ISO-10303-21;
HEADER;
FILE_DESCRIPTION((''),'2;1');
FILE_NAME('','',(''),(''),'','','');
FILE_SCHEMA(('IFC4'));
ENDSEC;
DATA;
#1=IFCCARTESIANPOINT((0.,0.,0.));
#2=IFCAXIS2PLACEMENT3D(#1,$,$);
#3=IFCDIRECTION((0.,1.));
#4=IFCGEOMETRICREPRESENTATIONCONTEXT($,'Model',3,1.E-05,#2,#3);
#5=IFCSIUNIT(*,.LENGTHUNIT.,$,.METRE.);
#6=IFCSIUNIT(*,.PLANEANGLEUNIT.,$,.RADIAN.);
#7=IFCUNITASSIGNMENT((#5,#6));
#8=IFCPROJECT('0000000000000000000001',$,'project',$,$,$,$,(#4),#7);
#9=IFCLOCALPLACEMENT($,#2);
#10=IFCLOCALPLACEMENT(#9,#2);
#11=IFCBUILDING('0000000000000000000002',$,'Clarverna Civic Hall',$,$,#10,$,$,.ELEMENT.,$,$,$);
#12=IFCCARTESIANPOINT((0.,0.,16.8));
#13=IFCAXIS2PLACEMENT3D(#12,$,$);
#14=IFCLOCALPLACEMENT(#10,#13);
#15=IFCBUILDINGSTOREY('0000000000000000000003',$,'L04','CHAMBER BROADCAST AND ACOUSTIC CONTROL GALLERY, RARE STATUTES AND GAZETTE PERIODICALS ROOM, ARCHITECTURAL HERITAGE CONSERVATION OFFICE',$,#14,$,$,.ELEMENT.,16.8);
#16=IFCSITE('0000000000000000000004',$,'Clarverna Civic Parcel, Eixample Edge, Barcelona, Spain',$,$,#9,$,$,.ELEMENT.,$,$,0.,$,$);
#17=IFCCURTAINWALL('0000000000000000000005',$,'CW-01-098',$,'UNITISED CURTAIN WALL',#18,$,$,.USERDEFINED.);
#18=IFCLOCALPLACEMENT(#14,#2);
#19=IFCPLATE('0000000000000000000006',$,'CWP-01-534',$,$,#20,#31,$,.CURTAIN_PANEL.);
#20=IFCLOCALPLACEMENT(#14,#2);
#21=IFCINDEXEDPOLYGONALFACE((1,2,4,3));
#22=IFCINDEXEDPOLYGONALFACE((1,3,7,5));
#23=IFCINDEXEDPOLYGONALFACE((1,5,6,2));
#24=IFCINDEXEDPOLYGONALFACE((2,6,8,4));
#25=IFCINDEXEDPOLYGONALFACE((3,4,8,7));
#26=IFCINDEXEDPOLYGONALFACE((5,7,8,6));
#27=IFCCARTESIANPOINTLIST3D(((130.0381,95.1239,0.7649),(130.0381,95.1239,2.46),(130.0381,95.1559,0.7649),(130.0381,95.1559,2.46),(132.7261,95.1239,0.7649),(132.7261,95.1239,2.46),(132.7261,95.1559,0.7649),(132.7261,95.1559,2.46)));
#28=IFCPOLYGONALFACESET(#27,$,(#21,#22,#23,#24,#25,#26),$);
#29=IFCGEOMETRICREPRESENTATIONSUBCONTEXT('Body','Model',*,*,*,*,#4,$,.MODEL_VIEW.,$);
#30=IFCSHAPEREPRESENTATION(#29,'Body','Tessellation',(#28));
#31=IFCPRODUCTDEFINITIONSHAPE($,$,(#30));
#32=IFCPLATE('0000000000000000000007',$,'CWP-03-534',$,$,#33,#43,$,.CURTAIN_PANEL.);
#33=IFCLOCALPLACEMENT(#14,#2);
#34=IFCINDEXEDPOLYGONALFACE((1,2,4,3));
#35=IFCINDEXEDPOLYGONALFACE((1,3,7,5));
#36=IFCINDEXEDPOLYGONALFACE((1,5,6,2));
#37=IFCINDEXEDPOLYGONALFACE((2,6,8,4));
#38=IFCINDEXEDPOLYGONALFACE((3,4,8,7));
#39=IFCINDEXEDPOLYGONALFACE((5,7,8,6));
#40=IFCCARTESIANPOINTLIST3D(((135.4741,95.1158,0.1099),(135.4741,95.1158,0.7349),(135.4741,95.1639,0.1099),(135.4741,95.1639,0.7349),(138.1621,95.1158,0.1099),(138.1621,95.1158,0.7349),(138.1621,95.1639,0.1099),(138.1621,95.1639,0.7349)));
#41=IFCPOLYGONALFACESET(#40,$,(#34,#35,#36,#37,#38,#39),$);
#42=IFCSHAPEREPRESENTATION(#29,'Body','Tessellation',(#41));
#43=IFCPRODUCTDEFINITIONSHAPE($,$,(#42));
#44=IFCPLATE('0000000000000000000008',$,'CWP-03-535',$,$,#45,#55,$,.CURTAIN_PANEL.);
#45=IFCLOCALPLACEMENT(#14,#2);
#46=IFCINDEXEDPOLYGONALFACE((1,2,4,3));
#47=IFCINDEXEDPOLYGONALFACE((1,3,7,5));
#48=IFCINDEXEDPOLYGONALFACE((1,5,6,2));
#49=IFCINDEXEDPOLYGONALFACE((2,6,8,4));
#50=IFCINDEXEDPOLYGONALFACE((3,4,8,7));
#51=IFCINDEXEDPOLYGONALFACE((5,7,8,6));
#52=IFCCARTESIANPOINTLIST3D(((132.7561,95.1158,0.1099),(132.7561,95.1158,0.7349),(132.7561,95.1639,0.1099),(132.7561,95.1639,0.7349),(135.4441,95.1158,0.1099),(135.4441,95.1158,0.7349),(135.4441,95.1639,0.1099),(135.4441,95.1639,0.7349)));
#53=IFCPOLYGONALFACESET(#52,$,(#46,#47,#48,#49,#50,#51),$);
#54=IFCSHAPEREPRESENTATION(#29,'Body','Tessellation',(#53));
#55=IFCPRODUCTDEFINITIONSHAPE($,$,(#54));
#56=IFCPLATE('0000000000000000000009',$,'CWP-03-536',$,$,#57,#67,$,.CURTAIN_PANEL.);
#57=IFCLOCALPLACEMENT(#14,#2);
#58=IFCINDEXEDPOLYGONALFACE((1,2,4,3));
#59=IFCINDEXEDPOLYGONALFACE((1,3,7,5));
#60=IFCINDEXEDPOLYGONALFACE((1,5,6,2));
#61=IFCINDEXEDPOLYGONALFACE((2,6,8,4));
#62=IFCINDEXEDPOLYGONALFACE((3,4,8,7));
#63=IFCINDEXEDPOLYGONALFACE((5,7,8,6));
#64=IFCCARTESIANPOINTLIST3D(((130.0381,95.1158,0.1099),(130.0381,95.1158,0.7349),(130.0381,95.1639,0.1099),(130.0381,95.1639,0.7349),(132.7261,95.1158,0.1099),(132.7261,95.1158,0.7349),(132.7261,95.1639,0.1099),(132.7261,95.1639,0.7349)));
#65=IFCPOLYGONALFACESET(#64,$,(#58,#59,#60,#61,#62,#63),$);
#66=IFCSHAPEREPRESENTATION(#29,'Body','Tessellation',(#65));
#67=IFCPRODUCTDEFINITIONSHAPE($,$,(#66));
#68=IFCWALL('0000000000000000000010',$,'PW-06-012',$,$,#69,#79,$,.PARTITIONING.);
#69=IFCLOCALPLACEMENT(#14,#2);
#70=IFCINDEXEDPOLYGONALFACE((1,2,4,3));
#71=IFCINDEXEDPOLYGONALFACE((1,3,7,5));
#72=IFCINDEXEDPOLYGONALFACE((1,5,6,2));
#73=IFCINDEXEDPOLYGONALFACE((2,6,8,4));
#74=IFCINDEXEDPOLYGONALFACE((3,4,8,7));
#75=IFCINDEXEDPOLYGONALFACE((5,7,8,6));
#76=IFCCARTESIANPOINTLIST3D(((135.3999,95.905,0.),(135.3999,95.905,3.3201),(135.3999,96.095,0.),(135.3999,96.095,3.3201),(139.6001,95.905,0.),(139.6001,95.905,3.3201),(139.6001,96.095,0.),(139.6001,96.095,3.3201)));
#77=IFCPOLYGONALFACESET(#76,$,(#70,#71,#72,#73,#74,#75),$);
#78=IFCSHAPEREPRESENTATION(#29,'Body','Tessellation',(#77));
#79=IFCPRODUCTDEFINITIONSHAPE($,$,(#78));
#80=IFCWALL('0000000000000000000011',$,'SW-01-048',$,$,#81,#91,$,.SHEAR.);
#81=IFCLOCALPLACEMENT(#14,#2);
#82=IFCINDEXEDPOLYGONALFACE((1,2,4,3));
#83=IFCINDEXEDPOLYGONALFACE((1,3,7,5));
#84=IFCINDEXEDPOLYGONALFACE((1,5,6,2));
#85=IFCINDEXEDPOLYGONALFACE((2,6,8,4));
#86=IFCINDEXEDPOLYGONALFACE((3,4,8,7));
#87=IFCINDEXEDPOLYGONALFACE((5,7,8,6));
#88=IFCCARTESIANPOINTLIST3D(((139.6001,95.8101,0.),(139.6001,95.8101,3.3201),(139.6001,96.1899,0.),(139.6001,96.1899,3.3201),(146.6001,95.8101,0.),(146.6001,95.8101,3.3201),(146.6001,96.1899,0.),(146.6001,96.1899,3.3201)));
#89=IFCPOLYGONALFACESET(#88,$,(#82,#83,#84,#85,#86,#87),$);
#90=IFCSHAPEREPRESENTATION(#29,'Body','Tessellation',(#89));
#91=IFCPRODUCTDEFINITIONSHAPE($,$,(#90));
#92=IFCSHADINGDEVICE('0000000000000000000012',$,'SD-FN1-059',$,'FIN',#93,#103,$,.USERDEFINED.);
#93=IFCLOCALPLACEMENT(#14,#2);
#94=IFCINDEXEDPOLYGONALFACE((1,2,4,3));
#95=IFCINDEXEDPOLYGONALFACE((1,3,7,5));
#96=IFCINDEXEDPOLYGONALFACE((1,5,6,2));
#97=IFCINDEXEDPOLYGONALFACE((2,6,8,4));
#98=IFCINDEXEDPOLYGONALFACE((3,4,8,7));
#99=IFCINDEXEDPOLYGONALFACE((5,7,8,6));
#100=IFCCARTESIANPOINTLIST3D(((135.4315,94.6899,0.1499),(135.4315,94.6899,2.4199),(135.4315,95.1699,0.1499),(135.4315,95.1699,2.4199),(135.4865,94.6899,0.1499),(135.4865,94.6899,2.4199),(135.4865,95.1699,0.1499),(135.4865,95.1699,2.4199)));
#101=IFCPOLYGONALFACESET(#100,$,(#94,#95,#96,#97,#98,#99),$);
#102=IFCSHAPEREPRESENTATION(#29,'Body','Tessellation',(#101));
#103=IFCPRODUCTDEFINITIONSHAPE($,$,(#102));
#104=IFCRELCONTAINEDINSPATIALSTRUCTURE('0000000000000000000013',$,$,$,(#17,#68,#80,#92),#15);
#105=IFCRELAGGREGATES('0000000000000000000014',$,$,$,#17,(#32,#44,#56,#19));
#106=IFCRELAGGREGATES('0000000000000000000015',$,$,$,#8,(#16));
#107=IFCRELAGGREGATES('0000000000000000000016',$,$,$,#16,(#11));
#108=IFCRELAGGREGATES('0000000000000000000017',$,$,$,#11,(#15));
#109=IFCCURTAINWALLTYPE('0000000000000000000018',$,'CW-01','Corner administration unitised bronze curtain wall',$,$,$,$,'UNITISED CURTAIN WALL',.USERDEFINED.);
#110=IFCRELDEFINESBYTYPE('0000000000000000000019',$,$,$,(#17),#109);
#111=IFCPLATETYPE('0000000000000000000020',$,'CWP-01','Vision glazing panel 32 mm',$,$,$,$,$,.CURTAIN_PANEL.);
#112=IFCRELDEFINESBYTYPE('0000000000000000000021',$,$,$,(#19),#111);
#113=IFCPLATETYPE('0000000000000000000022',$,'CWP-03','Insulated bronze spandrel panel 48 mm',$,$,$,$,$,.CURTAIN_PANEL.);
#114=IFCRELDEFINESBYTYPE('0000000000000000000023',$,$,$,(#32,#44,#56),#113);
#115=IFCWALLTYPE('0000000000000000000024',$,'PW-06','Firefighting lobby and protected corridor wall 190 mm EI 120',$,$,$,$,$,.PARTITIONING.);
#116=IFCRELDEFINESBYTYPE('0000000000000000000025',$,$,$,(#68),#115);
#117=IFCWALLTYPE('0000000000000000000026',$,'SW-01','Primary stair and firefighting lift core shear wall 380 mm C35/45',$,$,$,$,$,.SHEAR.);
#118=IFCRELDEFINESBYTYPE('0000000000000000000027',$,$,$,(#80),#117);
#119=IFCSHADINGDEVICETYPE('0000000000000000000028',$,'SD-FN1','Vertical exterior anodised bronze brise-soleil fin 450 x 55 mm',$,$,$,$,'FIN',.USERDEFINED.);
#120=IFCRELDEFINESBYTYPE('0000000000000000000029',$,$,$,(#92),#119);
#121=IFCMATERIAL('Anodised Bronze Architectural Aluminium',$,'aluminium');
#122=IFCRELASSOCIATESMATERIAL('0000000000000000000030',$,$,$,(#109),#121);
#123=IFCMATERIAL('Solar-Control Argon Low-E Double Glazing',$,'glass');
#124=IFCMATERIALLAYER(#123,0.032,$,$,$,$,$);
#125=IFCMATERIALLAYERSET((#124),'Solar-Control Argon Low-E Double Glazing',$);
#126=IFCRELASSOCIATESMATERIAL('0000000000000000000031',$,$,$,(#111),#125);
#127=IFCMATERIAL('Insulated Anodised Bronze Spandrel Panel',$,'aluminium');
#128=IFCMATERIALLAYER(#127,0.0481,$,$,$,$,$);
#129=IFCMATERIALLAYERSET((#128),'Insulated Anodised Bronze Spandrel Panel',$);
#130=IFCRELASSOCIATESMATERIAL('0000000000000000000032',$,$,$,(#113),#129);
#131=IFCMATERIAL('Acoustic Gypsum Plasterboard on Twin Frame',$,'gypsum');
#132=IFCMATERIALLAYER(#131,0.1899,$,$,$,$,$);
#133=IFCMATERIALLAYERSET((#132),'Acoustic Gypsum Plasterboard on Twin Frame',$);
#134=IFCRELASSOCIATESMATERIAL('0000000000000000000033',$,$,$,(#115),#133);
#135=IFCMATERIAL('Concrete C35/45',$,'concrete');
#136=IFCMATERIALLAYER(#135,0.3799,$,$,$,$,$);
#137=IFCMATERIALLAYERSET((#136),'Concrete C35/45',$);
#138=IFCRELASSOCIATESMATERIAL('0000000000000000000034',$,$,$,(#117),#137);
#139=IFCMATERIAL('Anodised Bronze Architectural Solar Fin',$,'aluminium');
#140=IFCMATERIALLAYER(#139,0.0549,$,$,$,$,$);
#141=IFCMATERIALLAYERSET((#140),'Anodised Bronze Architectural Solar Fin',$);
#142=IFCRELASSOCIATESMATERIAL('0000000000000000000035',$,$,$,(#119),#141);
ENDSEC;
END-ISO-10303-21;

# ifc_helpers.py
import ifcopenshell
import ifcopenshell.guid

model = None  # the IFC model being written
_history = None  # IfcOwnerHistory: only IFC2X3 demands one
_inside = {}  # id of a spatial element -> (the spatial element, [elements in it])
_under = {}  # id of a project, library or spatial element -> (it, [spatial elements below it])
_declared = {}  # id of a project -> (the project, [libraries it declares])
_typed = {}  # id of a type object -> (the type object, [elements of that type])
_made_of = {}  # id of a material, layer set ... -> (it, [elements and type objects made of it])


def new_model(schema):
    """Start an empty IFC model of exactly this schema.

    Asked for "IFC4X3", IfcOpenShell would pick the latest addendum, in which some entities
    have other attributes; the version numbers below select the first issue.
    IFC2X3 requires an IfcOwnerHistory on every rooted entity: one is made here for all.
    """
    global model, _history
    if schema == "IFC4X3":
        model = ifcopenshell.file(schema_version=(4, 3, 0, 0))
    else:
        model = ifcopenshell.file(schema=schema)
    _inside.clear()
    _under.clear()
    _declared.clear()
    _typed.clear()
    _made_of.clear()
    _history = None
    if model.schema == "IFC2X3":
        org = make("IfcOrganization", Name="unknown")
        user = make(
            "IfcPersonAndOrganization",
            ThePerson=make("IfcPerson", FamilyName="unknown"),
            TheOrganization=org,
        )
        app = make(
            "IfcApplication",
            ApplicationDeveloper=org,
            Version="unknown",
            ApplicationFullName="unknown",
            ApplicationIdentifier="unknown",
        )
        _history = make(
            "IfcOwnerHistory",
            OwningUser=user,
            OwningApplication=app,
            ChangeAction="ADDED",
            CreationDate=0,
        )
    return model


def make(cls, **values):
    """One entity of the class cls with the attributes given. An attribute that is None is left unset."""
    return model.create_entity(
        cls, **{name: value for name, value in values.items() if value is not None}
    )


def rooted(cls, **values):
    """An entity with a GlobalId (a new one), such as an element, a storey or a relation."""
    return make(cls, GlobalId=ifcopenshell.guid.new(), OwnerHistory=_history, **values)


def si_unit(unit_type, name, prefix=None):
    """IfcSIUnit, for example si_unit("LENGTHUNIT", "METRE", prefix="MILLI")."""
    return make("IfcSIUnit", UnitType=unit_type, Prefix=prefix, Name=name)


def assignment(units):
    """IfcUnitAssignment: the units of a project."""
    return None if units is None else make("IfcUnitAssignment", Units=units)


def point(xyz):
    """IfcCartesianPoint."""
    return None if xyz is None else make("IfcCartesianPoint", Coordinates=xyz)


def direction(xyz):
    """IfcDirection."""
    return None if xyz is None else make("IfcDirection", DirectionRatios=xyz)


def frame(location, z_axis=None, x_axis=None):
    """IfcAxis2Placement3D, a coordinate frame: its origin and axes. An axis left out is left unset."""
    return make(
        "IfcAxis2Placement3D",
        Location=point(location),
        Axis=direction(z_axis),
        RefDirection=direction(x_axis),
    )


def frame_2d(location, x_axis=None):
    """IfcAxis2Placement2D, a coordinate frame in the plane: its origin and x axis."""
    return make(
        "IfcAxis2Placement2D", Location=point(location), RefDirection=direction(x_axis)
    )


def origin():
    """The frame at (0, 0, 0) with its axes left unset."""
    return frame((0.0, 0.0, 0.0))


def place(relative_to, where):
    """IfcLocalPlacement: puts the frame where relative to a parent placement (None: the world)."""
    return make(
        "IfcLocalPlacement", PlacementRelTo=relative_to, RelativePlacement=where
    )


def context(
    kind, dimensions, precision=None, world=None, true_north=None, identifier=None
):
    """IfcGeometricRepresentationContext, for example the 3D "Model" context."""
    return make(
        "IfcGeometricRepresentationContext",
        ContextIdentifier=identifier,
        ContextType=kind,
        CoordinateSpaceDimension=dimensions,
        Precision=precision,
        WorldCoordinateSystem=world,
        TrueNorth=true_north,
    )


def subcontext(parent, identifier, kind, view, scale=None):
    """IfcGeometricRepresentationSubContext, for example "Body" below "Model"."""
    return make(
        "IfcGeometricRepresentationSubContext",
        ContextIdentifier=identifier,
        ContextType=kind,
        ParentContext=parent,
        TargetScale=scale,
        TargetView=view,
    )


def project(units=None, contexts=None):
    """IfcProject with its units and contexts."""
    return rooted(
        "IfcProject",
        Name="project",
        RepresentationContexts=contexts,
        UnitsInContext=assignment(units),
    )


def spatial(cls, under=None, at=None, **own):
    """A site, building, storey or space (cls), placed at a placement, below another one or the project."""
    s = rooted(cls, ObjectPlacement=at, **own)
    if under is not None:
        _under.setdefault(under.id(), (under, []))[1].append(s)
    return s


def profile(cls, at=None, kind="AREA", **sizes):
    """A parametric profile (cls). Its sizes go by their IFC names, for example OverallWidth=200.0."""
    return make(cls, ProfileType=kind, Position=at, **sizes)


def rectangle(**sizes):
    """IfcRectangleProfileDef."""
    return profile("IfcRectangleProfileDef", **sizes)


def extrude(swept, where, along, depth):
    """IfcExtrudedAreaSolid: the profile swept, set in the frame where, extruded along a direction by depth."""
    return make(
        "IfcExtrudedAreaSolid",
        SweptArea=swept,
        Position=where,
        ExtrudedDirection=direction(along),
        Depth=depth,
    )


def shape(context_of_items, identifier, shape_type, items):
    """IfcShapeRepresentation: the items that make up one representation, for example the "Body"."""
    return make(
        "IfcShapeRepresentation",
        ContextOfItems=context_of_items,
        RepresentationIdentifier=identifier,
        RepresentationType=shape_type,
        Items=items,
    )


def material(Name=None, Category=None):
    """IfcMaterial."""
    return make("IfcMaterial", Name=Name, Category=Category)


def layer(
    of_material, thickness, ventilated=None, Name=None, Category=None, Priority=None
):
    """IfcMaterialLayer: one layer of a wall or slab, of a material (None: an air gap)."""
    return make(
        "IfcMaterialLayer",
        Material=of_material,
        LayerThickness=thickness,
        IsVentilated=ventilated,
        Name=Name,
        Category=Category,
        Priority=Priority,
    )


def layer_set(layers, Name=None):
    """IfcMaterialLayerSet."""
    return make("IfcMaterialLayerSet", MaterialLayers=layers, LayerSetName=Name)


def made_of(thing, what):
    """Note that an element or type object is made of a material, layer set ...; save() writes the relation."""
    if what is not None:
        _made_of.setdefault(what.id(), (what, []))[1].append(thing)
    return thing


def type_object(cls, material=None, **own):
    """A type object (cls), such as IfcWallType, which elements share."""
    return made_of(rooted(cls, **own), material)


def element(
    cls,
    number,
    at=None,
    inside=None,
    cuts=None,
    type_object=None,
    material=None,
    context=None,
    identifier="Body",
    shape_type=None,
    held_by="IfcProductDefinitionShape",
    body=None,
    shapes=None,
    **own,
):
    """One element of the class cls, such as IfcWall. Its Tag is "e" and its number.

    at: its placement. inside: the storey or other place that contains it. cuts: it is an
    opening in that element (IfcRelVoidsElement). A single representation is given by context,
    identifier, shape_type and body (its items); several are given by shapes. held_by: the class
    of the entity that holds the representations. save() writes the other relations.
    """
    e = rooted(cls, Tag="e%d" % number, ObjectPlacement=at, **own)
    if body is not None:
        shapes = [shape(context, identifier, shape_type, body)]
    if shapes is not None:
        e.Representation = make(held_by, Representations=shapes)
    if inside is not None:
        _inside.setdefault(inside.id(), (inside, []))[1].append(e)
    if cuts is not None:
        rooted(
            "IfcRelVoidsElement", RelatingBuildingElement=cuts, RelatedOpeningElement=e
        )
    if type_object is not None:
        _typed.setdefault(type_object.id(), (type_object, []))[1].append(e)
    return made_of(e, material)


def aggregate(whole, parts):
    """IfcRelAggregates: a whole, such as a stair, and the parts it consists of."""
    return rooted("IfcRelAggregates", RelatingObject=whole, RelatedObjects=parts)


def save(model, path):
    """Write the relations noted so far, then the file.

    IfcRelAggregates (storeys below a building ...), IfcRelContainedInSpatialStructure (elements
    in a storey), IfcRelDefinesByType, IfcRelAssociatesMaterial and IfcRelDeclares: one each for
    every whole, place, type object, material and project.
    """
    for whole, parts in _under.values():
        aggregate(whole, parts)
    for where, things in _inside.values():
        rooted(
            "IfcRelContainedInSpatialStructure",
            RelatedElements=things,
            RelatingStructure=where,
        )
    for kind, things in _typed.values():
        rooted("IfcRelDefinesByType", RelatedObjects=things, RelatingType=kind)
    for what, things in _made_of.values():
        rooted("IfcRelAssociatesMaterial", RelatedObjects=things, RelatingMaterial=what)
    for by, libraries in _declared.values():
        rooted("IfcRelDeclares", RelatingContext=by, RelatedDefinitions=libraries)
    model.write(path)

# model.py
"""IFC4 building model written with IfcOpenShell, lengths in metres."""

from ifc_helpers import new_model, si_unit, direction, frame, frame_2d, origin, place, context, subcontext, project, spatial, rectangle, extrude, material, layer, layer_set, type_object, element, aggregate, save


model = new_model("IFC4")

# Units and contexts
model_context = context("Model", 3, precision=1e-05, world=origin(), true_north=direction((0.0, 1.0)))
body_context = subcontext(model_context, "Body", "Model", "MODEL_VIEW")
ifc_project = project(units=[si_unit("LENGTHUNIT", "METRE"), si_unit("PLANEANGLEUNIT", "RADIAN")], contexts=[model_context])

# Site, building, storey
site_placement = place(None, origin())
site = spatial("IfcSite", under=ifc_project, at=site_placement, Name="Clarverna Civic Parcel, Eixample Edge, Barcelona, Spain", CompositionType="ELEMENT", RefElevation=0.0)
building_placement = place(site_placement, origin())
building = spatial("IfcBuilding", under=site, at=building_placement, Name="Clarverna Civic Hall", CompositionType="ELEMENT")
storey_placement = place(building_placement, frame((0.0, 0.0, 16.8)))
storey = spatial("IfcBuildingStorey", under=building, at=storey_placement, Name="L04", Description="CHAMBER BROADCAST AND ACOUSTIC CONTROL GALLERY, RARE STATUTES AND GAZETTE PERIODICALS ROOM, ARCHITECTURAL HERITAGE CONSERVATION OFFICE", CompositionType="ELEMENT", Elevation=16.8)

# Shared definitions
ifc_material_1 = material(Name="Concrete C35/45", Category="concrete")

# Shared definitions
ifc_material_2 = material(Name="Anodised Bronze Architectural Aluminium", Category="aluminium")
curtain_wall_type = type_object("IfcCurtainWallType", Name="CW-01", Description="Corner administration unitised bronze curtain wall", ElementType="UNITISED CURTAIN WALL", PredefinedType="USERDEFINED", material=ifc_material_2)

# Curtain wall, plates
curtain_wall_1_placement = place(storey_placement, origin())
curtain_wall_1 = element("IfcCurtainWall", 1, at=curtain_wall_1_placement, inside=storey, type_object=curtain_wall_type, Name="CW-01-098", ObjectType="UNITISED CURTAIN WALL", PredefinedType="USERDEFINED")
ifc_material_3 = material(Name="Solar-Control Argon Low-E Double Glazing", Category="glass")
ifc_layer_1 = layer(ifc_material_3, 0.032)
ifc_layer_set_1 = layer_set([ifc_layer_1], Name="Solar-Control Argon Low-E Double Glazing")
plate_type_1 = type_object("IfcPlateType", Name="CWP-01", Description="Vision glazing panel 32 mm", PredefinedType="CURTAIN_PANEL", material=ifc_layer_set_1)
plate_1_placement = place(storey_placement, frame((132.7261, 95.1399, 0.7649), z_axis=(0.0, 0.0, 1.0), x_axis=(-1.0, 0.0, 0.0)))
plate_1 = element("IfcPlate", 2, at=plate_1_placement, type_object=plate_type_1, Name="CWP-01-534", PredefinedType="CURTAIN_PANEL", context=body_context, shape_type="SweptSolid", body=[
    extrude(rectangle(XDim=2.688, YDim=0.032, at=frame_2d((1.344, 0.0))), origin(), (0.0, 0.0, 1.0), 1.6951),
])
ifc_material_4 = material(Name="Insulated Anodised Bronze Spandrel Panel", Category="aluminium")
ifc_layer_2 = layer(ifc_material_4, 0.0481)
ifc_layer_set_2 = layer_set([ifc_layer_2], Name="Insulated Anodised Bronze Spandrel Panel")
plate_type_2 = type_object("IfcPlateType", Name="CWP-03", Description="Insulated bronze spandrel panel 48 mm", PredefinedType="CURTAIN_PANEL", material=ifc_layer_set_2)
plate_2_placement = place(storey_placement, frame((138.1621, 95.1399, 0.1099), z_axis=(0.0, 0.0, 1.0), x_axis=(-1.0, 0.0, 0.0)))
plate_2 = element("IfcPlate", 3, at=plate_2_placement, type_object=plate_type_2, Name="CWP-03-534", PredefinedType="CURTAIN_PANEL", context=body_context, shape_type="SweptSolid", body=[
    extrude(rectangle(XDim=2.688, YDim=0.0481, at=frame_2d((1.344, 0.0))), origin(), (0.0, 0.0, 1.0), 0.625),
])
plate_3_placement = place(storey_placement, frame((135.4441, 95.1399, 0.1099), z_axis=(0.0, 0.0, 1.0), x_axis=(-1.0, 0.0, 0.0)))
plate_3 = element("IfcPlate", 4, at=plate_3_placement, type_object=plate_type_2, Name="CWP-03-535", PredefinedType="CURTAIN_PANEL", context=body_context, shape_type="SweptSolid", body=[
    extrude(rectangle(XDim=2.688, YDim=0.0481, at=frame_2d((1.344, 0.0))), origin(), (0.0, 0.0, 1.0), 0.625),
])
plate_4_placement = place(storey_placement, frame((132.7261, 95.1399, 0.1099), z_axis=(0.0, 0.0, 1.0), x_axis=(-1.0, 0.0, 0.0)))
plate_4 = element("IfcPlate", 5, at=plate_4_placement, type_object=plate_type_2, Name="CWP-03-536", PredefinedType="CURTAIN_PANEL", context=body_context, shape_type="SweptSolid", body=[
    extrude(rectangle(XDim=2.688, YDim=0.0481, at=frame_2d((1.344, 0.0))), origin(), (0.0, 0.0, 1.0), 0.625),
])
aggregate(curtain_wall_1, [plate_2, plate_3, plate_4, plate_1])

# Shared definitions
ifc_material_5 = material(Name="Acoustic Gypsum Plasterboard on Twin Frame", Category="gypsum")
ifc_layer_3 = layer(ifc_material_5, 0.1899)
ifc_layer_set_3 = layer_set([ifc_layer_3], Name="Acoustic Gypsum Plasterboard on Twin Frame")
wall_type_1 = type_object("IfcWallType", Name="PW-06", Description="Firefighting lobby and protected corridor wall 190 mm EI 120", PredefinedType="PARTITIONING", material=ifc_layer_set_3)

# Wall
wall_1_placement = place(storey_placement, frame((135.3999, 96.0, 0.0), z_axis=(0.0, 0.0, 1.0), x_axis=(1.0, 0.0, 0.0)))
element("IfcWall", 6, at=wall_1_placement, inside=storey, type_object=wall_type_1, Name="PW-06-012", PredefinedType="PARTITIONING", context=body_context, shape_type="SweptSolid", body=[
    extrude(rectangle(XDim=4.2002, YDim=0.1899, at=frame_2d((2.1001, 0.0))), origin(), (0.0, 0.0, 1.0), 3.3201),
])

# Shared definitions
ifc_layer_4 = layer(ifc_material_1, 0.3799)
ifc_layer_set_4 = layer_set([ifc_layer_4], Name="Concrete C35/45")
wall_type_2 = type_object("IfcWallType", Name="SW-01", Description="Primary stair and firefighting lift core shear wall 380 mm C35/45", PredefinedType="SHEAR", material=ifc_layer_set_4)

# Wall
wall_2_placement = place(storey_placement, frame((139.6001, 96.0, 0.0), z_axis=(0.0, 0.0, 1.0), x_axis=(1.0, 0.0, 0.0)))
element("IfcWall", 7, at=wall_2_placement, inside=storey, type_object=wall_type_2, Name="SW-01-048", PredefinedType="SHEAR", context=body_context, shape_type="SweptSolid", body=[
    extrude(rectangle(XDim=7.0, YDim=0.3799, at=frame_2d((3.5, 0.0))), origin(), (0.0, 0.0, 1.0), 3.3201),
])

# Shading device
ifc_material_6 = material(Name="Anodised Bronze Architectural Solar Fin", Category="aluminium")
ifc_layer_5 = layer(ifc_material_6, 0.0549)
ifc_layer_set_5 = layer_set([ifc_layer_5], Name="Anodised Bronze Architectural Solar Fin")
shading_device_type = type_object("IfcShadingDeviceType", Name="SD-FN1", Description="Vertical exterior anodised bronze brise-soleil fin 450 x 55 mm", ElementType="FIN", PredefinedType="USERDEFINED", material=ifc_layer_set_5)
shading_device_placement = place(storey_placement, frame((135.459, 95.1699, 0.1499), z_axis=(0.0, 0.0, 1.0), x_axis=(0.0, -1.0, 0.0)))
element("IfcShadingDevice", 8, at=shading_device_placement, inside=storey, type_object=shading_device_type, Name="SD-FN1-059", ObjectType="FIN", PredefinedType="USERDEFINED", context=body_context, shape_type="SweptSolid", body=[
    extrude(rectangle(XDim=0.48, YDim=0.0549, at=frame_2d((0.24, 0.0))), origin(), (0.0, 0.0, 1.0), 2.27),
])

save(model, "model.ifc")
